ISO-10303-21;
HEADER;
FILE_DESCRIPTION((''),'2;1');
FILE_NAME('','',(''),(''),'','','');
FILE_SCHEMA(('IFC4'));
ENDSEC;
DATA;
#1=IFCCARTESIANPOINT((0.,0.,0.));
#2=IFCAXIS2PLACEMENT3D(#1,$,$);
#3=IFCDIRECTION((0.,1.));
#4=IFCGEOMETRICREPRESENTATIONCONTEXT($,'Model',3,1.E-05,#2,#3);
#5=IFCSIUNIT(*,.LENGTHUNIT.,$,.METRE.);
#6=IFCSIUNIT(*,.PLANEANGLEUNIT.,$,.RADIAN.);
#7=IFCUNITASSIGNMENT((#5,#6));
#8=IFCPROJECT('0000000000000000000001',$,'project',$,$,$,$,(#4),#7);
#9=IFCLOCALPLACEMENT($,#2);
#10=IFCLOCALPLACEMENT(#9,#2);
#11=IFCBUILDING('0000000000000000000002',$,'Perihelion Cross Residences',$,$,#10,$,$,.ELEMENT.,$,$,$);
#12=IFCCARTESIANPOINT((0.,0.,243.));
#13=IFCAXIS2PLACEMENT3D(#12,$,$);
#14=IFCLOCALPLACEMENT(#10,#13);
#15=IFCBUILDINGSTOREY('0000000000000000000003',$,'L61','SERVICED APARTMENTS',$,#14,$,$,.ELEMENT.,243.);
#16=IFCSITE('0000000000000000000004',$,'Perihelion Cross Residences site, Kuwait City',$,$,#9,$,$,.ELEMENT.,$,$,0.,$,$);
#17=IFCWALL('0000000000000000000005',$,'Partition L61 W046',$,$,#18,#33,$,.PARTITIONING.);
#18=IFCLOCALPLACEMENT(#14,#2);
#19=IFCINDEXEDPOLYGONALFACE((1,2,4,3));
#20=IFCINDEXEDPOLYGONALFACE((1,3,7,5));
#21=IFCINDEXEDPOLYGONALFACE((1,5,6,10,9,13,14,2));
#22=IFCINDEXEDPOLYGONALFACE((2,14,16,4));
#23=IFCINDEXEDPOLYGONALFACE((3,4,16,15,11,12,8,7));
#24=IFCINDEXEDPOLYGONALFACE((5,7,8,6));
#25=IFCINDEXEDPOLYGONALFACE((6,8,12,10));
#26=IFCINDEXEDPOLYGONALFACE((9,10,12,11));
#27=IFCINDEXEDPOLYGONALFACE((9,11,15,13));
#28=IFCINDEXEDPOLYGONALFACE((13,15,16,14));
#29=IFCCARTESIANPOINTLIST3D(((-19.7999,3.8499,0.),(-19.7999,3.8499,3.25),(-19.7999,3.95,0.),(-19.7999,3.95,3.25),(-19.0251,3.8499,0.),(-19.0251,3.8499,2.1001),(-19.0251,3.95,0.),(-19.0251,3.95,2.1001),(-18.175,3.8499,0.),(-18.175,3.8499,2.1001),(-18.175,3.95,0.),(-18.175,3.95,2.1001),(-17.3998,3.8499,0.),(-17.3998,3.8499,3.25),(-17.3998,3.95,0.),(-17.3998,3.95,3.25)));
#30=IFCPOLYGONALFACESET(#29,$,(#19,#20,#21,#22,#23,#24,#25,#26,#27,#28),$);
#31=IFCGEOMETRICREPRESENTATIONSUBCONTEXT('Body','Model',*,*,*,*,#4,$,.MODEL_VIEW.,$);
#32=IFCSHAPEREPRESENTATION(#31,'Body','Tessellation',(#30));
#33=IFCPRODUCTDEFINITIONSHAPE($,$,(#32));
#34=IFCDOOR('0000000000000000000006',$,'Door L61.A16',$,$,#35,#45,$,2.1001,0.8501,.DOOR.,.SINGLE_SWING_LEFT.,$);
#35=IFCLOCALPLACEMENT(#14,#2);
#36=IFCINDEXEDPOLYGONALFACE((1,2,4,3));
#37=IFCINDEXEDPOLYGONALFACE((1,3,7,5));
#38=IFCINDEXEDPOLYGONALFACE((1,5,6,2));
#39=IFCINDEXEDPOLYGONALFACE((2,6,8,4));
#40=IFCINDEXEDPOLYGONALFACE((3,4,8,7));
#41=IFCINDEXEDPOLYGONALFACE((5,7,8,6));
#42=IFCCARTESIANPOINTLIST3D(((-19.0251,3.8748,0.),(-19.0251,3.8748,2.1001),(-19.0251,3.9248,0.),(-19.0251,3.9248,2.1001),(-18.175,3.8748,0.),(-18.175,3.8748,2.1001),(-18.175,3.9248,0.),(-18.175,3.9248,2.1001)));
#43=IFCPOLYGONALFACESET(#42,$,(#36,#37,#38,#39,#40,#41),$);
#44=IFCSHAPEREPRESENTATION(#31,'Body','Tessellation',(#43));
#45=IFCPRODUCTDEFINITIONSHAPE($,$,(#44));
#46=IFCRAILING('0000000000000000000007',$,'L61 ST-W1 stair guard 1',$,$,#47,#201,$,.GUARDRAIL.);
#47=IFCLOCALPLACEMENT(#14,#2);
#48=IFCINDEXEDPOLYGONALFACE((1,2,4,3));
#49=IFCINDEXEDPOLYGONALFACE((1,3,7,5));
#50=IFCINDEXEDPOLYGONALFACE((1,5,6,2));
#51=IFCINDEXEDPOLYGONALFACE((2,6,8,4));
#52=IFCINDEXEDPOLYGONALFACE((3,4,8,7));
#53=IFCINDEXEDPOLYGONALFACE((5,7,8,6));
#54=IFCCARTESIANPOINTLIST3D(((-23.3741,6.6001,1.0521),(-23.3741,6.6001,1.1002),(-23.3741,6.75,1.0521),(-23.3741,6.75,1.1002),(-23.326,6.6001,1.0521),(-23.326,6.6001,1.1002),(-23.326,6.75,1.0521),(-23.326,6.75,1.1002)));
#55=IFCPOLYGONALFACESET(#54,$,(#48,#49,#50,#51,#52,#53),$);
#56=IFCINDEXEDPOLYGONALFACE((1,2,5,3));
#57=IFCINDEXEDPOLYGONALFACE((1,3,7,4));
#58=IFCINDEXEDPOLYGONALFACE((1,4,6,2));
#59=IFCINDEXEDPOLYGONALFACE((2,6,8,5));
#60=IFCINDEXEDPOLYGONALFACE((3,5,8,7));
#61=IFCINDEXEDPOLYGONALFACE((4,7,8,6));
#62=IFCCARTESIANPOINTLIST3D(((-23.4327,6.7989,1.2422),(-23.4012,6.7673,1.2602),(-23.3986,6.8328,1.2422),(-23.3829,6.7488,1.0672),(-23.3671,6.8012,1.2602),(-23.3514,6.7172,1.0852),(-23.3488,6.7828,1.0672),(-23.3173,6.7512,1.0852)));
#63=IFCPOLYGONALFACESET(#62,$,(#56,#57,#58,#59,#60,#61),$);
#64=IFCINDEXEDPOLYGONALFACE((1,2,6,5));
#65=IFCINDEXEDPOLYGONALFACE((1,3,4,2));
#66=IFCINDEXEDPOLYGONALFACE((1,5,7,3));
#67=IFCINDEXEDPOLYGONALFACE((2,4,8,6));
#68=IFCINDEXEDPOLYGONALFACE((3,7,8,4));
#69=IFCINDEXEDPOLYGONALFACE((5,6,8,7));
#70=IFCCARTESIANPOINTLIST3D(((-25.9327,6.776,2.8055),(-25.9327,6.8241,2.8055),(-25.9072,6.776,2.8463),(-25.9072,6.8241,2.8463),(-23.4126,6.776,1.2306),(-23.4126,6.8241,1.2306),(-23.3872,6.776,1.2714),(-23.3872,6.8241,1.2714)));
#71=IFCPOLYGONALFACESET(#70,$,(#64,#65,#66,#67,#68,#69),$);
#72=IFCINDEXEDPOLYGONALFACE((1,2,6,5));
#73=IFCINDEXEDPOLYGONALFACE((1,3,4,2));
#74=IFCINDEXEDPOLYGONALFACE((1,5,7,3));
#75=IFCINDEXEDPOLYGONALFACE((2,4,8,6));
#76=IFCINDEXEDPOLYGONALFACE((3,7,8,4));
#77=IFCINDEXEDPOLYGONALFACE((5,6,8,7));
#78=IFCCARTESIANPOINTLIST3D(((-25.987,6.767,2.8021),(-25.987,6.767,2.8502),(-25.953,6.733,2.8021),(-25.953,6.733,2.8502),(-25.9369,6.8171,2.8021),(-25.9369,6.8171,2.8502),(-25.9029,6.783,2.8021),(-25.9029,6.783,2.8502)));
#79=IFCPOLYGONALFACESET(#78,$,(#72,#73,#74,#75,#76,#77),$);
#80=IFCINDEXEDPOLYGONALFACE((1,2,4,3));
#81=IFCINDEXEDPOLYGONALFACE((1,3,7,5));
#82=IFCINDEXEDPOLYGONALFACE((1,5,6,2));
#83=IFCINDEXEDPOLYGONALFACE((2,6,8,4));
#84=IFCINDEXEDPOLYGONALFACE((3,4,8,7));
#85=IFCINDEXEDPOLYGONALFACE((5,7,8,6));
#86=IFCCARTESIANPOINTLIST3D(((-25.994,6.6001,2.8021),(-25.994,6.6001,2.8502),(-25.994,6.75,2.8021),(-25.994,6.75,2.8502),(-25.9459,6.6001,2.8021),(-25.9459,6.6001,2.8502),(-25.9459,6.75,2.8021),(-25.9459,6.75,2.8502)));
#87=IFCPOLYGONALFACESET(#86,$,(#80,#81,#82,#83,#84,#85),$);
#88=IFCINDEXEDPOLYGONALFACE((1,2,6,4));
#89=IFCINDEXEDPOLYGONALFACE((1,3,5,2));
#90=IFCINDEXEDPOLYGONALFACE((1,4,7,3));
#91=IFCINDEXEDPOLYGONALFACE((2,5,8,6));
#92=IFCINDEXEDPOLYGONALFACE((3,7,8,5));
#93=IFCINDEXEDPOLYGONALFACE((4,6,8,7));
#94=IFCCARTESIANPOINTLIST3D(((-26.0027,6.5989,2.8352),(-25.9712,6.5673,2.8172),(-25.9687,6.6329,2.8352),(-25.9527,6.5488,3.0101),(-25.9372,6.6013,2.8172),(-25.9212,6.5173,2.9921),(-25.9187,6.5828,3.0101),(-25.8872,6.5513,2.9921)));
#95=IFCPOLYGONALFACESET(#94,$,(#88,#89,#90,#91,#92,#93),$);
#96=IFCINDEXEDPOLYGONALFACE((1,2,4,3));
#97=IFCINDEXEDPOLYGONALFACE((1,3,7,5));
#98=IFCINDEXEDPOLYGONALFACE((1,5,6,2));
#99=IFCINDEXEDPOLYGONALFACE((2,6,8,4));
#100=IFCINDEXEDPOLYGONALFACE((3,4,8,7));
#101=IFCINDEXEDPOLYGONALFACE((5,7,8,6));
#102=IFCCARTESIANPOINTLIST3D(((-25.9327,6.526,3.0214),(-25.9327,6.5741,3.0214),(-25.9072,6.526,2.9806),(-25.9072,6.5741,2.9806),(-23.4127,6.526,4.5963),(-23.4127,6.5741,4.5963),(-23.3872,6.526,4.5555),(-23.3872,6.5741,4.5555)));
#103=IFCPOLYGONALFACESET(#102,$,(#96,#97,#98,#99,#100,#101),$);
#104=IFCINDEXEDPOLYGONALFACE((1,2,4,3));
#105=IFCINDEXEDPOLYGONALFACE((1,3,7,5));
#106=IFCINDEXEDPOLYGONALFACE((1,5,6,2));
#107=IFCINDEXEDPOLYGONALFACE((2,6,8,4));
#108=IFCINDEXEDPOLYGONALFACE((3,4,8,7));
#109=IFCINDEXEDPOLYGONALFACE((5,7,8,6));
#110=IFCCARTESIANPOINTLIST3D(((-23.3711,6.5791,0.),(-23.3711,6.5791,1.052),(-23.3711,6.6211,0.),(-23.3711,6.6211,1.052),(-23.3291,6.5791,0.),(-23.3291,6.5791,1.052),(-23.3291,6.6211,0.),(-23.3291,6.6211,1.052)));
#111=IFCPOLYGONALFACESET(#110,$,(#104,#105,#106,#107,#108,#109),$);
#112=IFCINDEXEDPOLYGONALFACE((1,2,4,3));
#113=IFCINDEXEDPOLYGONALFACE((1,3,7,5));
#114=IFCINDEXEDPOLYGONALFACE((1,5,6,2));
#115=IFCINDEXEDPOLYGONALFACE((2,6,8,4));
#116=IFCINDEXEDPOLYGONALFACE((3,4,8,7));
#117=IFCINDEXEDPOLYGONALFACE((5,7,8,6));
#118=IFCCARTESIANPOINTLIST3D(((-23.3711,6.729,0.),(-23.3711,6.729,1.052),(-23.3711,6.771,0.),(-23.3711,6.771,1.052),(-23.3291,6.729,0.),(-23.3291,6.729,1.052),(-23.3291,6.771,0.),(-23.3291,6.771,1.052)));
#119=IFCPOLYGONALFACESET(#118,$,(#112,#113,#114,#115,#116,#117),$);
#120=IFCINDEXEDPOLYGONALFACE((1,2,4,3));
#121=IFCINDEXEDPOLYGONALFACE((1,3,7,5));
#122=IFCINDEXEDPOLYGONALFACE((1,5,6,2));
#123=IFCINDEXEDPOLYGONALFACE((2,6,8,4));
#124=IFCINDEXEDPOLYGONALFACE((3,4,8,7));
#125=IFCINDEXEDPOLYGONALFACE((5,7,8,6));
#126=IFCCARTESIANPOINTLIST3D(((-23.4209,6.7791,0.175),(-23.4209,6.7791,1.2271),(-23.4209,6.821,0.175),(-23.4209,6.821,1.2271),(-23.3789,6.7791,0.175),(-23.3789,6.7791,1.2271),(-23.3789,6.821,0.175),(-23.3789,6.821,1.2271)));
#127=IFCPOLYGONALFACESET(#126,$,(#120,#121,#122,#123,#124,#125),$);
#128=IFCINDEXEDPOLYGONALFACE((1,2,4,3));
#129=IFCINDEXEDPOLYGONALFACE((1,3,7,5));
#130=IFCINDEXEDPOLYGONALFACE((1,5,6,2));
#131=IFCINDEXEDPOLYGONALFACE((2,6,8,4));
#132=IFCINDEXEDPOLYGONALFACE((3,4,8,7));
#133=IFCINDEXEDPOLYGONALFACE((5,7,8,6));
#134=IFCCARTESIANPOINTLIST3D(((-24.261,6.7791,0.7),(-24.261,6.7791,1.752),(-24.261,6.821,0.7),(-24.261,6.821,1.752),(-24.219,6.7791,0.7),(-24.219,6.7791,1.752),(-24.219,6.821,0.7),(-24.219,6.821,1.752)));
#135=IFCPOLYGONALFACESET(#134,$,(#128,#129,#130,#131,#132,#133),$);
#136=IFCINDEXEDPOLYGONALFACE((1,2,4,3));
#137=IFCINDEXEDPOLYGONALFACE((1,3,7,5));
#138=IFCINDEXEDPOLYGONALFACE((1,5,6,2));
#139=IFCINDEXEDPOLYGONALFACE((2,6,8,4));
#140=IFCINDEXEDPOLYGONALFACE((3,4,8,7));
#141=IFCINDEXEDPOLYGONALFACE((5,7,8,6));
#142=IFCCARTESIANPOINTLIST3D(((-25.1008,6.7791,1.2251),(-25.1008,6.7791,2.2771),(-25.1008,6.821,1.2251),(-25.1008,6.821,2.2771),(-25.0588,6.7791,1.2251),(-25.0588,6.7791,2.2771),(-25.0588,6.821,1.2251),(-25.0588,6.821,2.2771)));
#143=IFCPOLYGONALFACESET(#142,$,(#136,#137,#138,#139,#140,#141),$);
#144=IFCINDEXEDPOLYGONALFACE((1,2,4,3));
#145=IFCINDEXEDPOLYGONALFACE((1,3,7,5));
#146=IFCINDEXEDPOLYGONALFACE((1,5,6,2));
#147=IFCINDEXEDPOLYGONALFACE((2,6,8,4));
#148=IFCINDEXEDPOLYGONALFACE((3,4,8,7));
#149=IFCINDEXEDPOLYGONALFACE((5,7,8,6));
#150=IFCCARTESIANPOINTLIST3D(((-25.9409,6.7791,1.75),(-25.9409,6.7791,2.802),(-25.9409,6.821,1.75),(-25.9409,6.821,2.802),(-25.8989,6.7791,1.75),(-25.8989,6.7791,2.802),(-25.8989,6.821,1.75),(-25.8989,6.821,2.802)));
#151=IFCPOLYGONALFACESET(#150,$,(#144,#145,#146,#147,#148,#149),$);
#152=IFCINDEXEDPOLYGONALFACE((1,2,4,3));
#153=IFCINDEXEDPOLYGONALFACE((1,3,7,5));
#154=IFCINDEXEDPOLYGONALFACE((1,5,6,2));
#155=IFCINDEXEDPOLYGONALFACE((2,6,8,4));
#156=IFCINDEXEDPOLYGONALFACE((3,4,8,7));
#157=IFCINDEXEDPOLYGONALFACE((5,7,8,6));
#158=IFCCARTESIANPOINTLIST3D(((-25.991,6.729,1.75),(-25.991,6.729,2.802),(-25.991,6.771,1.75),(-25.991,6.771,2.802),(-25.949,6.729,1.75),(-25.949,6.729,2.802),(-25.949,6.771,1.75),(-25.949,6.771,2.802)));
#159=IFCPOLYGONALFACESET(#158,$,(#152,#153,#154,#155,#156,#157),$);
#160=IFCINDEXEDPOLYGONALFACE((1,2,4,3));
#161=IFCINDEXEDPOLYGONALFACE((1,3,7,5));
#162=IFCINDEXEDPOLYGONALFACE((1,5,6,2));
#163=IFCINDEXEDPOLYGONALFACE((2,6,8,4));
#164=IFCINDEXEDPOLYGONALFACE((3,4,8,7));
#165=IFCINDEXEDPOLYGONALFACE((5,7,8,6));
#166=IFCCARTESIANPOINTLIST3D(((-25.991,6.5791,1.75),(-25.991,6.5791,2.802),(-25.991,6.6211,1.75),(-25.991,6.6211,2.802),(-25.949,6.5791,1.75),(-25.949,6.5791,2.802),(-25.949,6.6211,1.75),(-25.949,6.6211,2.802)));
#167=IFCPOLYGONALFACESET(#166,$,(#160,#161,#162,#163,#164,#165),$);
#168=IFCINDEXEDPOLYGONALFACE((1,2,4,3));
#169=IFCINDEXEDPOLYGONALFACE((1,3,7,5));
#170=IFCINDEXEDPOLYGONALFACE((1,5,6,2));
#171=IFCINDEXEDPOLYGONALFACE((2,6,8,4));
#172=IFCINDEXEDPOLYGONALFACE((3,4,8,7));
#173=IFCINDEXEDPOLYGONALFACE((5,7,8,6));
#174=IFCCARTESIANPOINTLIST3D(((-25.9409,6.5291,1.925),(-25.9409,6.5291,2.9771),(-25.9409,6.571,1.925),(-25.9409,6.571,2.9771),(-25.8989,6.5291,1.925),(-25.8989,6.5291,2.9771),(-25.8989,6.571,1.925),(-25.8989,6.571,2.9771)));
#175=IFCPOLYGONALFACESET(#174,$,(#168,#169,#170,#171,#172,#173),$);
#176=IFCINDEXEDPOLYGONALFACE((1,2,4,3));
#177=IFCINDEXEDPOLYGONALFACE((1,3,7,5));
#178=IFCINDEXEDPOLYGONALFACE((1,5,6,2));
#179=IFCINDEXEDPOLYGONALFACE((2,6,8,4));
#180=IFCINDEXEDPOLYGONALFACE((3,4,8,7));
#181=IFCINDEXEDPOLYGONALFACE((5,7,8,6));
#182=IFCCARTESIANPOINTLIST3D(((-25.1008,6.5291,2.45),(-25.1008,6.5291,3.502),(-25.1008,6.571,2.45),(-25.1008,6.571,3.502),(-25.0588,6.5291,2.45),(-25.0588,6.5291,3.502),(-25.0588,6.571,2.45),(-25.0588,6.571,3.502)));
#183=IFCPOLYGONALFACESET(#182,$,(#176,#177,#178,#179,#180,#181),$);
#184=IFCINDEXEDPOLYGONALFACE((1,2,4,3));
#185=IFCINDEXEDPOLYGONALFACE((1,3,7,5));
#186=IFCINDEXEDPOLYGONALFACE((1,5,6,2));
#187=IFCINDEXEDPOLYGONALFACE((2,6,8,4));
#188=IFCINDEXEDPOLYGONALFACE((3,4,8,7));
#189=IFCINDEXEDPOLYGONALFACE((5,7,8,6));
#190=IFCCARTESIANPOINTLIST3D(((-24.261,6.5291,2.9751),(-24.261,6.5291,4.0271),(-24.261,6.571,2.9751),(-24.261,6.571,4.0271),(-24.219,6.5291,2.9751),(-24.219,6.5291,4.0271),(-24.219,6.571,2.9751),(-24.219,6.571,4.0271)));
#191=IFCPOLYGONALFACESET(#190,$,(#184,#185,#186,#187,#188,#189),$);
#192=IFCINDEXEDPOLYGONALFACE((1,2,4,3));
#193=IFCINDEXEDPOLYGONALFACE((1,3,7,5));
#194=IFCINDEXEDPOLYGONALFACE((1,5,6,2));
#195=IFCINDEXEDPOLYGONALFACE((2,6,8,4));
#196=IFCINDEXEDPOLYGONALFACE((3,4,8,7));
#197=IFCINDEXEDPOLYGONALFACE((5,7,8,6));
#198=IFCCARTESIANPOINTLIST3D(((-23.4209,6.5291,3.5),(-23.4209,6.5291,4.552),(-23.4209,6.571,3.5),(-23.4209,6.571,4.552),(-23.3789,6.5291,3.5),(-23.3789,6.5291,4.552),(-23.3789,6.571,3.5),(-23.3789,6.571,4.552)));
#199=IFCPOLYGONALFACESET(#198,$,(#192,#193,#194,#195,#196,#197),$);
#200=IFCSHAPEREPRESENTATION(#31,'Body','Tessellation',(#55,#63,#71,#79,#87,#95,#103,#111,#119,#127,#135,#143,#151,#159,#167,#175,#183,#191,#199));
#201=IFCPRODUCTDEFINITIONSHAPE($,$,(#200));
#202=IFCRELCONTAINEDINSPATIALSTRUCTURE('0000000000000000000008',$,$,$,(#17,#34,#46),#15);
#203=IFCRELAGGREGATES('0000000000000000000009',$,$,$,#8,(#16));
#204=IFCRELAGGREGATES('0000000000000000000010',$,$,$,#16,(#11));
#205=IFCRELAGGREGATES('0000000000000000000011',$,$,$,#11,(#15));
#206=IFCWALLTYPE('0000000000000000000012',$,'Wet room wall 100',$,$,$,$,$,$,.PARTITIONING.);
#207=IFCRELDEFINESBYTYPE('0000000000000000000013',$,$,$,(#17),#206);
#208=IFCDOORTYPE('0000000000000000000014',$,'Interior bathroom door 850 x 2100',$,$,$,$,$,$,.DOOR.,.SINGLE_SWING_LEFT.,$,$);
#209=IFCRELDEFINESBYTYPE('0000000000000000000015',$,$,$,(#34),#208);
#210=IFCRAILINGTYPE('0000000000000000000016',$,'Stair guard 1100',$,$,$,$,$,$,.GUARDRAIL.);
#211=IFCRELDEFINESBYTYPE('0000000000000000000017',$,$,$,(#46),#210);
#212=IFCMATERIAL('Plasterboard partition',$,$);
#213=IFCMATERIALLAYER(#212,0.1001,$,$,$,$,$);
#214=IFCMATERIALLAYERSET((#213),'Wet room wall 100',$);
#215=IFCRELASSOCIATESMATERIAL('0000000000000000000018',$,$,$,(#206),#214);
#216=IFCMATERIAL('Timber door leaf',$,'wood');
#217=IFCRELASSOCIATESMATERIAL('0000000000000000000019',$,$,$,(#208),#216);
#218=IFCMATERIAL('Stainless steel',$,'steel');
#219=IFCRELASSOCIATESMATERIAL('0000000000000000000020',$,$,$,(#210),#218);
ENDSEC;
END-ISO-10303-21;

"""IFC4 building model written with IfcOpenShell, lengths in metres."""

from ifc_helpers import new_model, si_unit, direction, frame, frame_2d, origin, origin_2d, place, context, subcontext, project, spatial, rectangle, extrude, material, layer, layer_set, type_object, element, fill, save


model = new_model("IFC4")

# Units and contexts
model_context = context("Model", 3, precision=1e-05, world=origin(), true_north=direction((0.0, 1.0)))
body_context = subcontext(model_context, "Body", "Model", "MODEL_VIEW")
ifc_project = project(units=[si_unit("LENGTHUNIT", "METRE"), si_unit("PLANEANGLEUNIT", "RADIAN")], contexts=[model_context])

# Site, building, storey
site_placement = place(None, origin())
site = spatial("IfcSite", under=ifc_project, at=site_placement, Name="Perihelion Cross Residences site, Kuwait City", CompositionType="ELEMENT", RefElevation=0.0)
building_placement = place(site_placement, origin())
building = spatial("IfcBuilding", under=site, at=building_placement, Name="Perihelion Cross Residences", CompositionType="ELEMENT")
storey_placement = place(building_placement, frame((0.0, 0.0, 243.0)))
storey = spatial("IfcBuildingStorey", under=building, at=storey_placement, Name="L61", Description="SERVICED APARTMENTS", CompositionType="ELEMENT", Elevation=243.0)

# Shared definitions
ifc_material_1 = material(Name="Plasterboard partition")
ifc_layer_1 = layer(ifc_material_1, 0.1001)
ifc_layer_set_1 = layer_set([ifc_layer_1], Name="Wet room wall 100")
wall_type_1 = type_object("IfcWallType", Name="Wet room wall 100", PredefinedType="PARTITIONING", material=ifc_layer_set_1)

# Wall, opening, door
wall_1_placement = place(storey_placement, frame((-19.8, 3.8999, 0.0), z_axis=(0.0, 0.0, 1.0), x_axis=(1.0, 0.0, 0.0)))
wall_1 = element("IfcWall", 1, at=wall_1_placement, inside=storey, type_object=wall_type_1, Name="Partition L61 W046", PredefinedType="PARTITIONING", context=body_context, shape_type="SweptSolid", body=[
    extrude(rectangle(XDim=2.4001, YDim=0.1001, at=frame_2d((1.2002, 0.0))), origin(), (0.0, 0.0, 1.0), 3.25),
])
opening_1_placement = place(wall_1_placement, frame((0.7749, 0.0, 0.0)))
opening_1 = element("IfcOpeningElement", 2, at=opening_1_placement, cuts=wall_1, PredefinedType="OPENING", context=body_context, shape_type="SweptSolid", body=[
    extrude(rectangle(XDim=0.8501, YDim=2.1001, at=frame_2d((0.425, 1.05))), frame((0.0, 0.0601, 0.0), z_axis=(0.0, -1.0, 0.0), x_axis=(1.0, 0.0, 0.0)), (0.0, 0.0, 1.0), 0.1201),
])
ifc_material_2 = material(Name="Timber door leaf", Category="wood")
door_type_1 = type_object("IfcDoorType", Name="Interior bathroom door 850 x 2100", OperationType="SINGLE_SWING_LEFT", PredefinedType="DOOR", material=ifc_material_2)
door_1_placement = place(opening_1_placement, origin())
door_1 = element("IfcDoor", 3, at=door_1_placement, inside=storey, type_object=door_type_1, Name="Door L61.A16", OperationType="SINGLE_SWING_LEFT", OverallHeight=2.1001, OverallWidth=0.8501, PredefinedType="DOOR", context=body_context, shape_type="SweptSolid", body=[
    extrude(rectangle(XDim=0.8501, YDim=2.1001, at=frame_2d((0.425, 1.05))), frame((0.0, 0.0249, 0.0), z_axis=(0.0, -1.0, 0.0), x_axis=(1.0, 0.0, 0.0)), (0.0, 0.0, 1.0), 0.05),
])
fill(opening_1, door_1)

# Railing
ifc_material_3 = material(Name="Stainless steel", Category="steel")
railing_type_1 = type_object("IfcRailingType", Name="Stair guard 1100", PredefinedType="GUARDRAIL", material=ifc_material_3)
railing_1_placement = place(storey_placement, frame((-23.3501, 6.6001, 0.0)))
element("IfcRailing", 4, at=railing_1_placement, inside=storey, type_object=railing_type_1, Name="L61 ST-W1 stair guard 1", PredefinedType="GUARDRAIL", context=body_context, shape_type="SweptSolid", body=[
    extrude(rectangle(XDim=0.0481, YDim=0.0481, at=origin_2d()), frame((0.0, 0.0, 1.0762), z_axis=(0.0, 1.0, 0.0), x_axis=(-1.0, 0.0, 0.0)), (0.0, 0.0, 1.0), 0.1499),
    extrude(rectangle(XDim=0.0481, YDim=0.0481, at=origin_2d()), frame((0.0, 0.1499, 1.0762), z_axis=(-0.263862, 0.265156, 0.927399), x_axis=(-0.708834, -0.705376, 0.0)), (0.0, 0.0, 1.0), 0.1887),
    extrude(rectangle(XDim=0.0481, YDim=0.0481, at=origin_2d()), frame((-0.0498, 0.2, 1.251), z_axis=(-0.848008, 0.0, 0.529984), x_axis=(0.0, -1.0, 0.0)), (0.0, 0.0, 1.0), 2.9717),
    extrude(rectangle(XDim=0.0481, YDim=0.0481, at=origin_2d()), frame((-2.5698, 0.2, 2.8262), z_axis=(-0.707107, -0.707107, 0.0), x_axis=(0.707107, -0.707107, 0.0)), (0.0, 0.0, 1.0), 0.0708),
    extrude(rectangle(XDim=0.0481, YDim=0.0481, at=origin_2d()), frame((-2.6199, 0.1499, 2.8262), z_axis=(0.0, -1.0, 0.0), x_axis=(1.0, 0.0, 0.0)), (0.0, 0.0, 1.0), 0.1499),
    extrude(rectangle(XDim=0.0481, YDim=0.0481, at=origin_2d()), frame((-2.6199, 0.0, 2.8262), z_axis=(0.265065, -0.265065, 0.927082), x_axis=(0.707107, 0.707107, 0.0)), (0.0, 0.0, 1.0), 0.1887),
    extrude(rectangle(XDim=0.0481, YDim=0.0481, at=origin_2d()), frame((-2.5698, -0.05, 3.001), z_axis=(0.848008, 0.0, 0.529984), x_axis=(0.0, 1.0, 0.0)), (0.0, 0.0, 1.0), 2.9717),
    extrude(rectangle(XDim=0.042, YDim=0.042, at=origin_2d()), origin(), (0.0, 0.0, 1.0), 1.052),
    extrude(rectangle(XDim=0.042, YDim=0.042, at=origin_2d()), frame((0.0, 0.1499, 0.0)), (0.0, 0.0, 1.0), 1.052),
    extrude(rectangle(XDim=0.042, YDim=0.042, at=origin_2d()), frame((-0.0498, 0.2, 0.175)), (0.0, 0.0, 1.0), 1.052),
    extrude(rectangle(XDim=0.042, YDim=0.042, at=origin_2d()), frame((-0.8899, 0.2, 0.7)), (0.0, 0.0, 1.0), 1.052),
    extrude(rectangle(XDim=0.042, YDim=0.042, at=origin_2d()), frame((-1.7297, 0.2, 1.2251)), (0.0, 0.0, 1.0), 1.052),
    extrude(rectangle(XDim=0.042, YDim=0.042, at=origin_2d()), frame((-2.5698, 0.2, 1.75)), (0.0, 0.0, 1.0), 1.052),
    extrude(rectangle(XDim=0.042, YDim=0.042, at=origin_2d()), frame((-2.6199, 0.1499, 1.75)), (0.0, 0.0, 1.0), 1.052),
    extrude(rectangle(XDim=0.042, YDim=0.042, at=origin_2d()), frame((-2.6199, 0.0, 1.75)), (0.0, 0.0, 1.0), 1.052),
    extrude(rectangle(XDim=0.042, YDim=0.042, at=origin_2d()), frame((-2.5698, -0.05, 1.925)), (0.0, 0.0, 1.0), 1.052),
    extrude(rectangle(XDim=0.042, YDim=0.042, at=origin_2d()), frame((-1.7297, -0.05, 2.45)), (0.0, 0.0, 1.0), 1.052),
    extrude(rectangle(XDim=0.042, YDim=0.042, at=origin_2d()), frame((-0.8899, -0.05, 2.9751)), (0.0, 0.0, 1.0), 1.052),
    extrude(rectangle(XDim=0.042, YDim=0.042, at=origin_2d()), frame((-0.0498, -0.05, 3.5)), (0.0, 0.0, 1.0), 1.052),
])

save(model, "model.ifc")
